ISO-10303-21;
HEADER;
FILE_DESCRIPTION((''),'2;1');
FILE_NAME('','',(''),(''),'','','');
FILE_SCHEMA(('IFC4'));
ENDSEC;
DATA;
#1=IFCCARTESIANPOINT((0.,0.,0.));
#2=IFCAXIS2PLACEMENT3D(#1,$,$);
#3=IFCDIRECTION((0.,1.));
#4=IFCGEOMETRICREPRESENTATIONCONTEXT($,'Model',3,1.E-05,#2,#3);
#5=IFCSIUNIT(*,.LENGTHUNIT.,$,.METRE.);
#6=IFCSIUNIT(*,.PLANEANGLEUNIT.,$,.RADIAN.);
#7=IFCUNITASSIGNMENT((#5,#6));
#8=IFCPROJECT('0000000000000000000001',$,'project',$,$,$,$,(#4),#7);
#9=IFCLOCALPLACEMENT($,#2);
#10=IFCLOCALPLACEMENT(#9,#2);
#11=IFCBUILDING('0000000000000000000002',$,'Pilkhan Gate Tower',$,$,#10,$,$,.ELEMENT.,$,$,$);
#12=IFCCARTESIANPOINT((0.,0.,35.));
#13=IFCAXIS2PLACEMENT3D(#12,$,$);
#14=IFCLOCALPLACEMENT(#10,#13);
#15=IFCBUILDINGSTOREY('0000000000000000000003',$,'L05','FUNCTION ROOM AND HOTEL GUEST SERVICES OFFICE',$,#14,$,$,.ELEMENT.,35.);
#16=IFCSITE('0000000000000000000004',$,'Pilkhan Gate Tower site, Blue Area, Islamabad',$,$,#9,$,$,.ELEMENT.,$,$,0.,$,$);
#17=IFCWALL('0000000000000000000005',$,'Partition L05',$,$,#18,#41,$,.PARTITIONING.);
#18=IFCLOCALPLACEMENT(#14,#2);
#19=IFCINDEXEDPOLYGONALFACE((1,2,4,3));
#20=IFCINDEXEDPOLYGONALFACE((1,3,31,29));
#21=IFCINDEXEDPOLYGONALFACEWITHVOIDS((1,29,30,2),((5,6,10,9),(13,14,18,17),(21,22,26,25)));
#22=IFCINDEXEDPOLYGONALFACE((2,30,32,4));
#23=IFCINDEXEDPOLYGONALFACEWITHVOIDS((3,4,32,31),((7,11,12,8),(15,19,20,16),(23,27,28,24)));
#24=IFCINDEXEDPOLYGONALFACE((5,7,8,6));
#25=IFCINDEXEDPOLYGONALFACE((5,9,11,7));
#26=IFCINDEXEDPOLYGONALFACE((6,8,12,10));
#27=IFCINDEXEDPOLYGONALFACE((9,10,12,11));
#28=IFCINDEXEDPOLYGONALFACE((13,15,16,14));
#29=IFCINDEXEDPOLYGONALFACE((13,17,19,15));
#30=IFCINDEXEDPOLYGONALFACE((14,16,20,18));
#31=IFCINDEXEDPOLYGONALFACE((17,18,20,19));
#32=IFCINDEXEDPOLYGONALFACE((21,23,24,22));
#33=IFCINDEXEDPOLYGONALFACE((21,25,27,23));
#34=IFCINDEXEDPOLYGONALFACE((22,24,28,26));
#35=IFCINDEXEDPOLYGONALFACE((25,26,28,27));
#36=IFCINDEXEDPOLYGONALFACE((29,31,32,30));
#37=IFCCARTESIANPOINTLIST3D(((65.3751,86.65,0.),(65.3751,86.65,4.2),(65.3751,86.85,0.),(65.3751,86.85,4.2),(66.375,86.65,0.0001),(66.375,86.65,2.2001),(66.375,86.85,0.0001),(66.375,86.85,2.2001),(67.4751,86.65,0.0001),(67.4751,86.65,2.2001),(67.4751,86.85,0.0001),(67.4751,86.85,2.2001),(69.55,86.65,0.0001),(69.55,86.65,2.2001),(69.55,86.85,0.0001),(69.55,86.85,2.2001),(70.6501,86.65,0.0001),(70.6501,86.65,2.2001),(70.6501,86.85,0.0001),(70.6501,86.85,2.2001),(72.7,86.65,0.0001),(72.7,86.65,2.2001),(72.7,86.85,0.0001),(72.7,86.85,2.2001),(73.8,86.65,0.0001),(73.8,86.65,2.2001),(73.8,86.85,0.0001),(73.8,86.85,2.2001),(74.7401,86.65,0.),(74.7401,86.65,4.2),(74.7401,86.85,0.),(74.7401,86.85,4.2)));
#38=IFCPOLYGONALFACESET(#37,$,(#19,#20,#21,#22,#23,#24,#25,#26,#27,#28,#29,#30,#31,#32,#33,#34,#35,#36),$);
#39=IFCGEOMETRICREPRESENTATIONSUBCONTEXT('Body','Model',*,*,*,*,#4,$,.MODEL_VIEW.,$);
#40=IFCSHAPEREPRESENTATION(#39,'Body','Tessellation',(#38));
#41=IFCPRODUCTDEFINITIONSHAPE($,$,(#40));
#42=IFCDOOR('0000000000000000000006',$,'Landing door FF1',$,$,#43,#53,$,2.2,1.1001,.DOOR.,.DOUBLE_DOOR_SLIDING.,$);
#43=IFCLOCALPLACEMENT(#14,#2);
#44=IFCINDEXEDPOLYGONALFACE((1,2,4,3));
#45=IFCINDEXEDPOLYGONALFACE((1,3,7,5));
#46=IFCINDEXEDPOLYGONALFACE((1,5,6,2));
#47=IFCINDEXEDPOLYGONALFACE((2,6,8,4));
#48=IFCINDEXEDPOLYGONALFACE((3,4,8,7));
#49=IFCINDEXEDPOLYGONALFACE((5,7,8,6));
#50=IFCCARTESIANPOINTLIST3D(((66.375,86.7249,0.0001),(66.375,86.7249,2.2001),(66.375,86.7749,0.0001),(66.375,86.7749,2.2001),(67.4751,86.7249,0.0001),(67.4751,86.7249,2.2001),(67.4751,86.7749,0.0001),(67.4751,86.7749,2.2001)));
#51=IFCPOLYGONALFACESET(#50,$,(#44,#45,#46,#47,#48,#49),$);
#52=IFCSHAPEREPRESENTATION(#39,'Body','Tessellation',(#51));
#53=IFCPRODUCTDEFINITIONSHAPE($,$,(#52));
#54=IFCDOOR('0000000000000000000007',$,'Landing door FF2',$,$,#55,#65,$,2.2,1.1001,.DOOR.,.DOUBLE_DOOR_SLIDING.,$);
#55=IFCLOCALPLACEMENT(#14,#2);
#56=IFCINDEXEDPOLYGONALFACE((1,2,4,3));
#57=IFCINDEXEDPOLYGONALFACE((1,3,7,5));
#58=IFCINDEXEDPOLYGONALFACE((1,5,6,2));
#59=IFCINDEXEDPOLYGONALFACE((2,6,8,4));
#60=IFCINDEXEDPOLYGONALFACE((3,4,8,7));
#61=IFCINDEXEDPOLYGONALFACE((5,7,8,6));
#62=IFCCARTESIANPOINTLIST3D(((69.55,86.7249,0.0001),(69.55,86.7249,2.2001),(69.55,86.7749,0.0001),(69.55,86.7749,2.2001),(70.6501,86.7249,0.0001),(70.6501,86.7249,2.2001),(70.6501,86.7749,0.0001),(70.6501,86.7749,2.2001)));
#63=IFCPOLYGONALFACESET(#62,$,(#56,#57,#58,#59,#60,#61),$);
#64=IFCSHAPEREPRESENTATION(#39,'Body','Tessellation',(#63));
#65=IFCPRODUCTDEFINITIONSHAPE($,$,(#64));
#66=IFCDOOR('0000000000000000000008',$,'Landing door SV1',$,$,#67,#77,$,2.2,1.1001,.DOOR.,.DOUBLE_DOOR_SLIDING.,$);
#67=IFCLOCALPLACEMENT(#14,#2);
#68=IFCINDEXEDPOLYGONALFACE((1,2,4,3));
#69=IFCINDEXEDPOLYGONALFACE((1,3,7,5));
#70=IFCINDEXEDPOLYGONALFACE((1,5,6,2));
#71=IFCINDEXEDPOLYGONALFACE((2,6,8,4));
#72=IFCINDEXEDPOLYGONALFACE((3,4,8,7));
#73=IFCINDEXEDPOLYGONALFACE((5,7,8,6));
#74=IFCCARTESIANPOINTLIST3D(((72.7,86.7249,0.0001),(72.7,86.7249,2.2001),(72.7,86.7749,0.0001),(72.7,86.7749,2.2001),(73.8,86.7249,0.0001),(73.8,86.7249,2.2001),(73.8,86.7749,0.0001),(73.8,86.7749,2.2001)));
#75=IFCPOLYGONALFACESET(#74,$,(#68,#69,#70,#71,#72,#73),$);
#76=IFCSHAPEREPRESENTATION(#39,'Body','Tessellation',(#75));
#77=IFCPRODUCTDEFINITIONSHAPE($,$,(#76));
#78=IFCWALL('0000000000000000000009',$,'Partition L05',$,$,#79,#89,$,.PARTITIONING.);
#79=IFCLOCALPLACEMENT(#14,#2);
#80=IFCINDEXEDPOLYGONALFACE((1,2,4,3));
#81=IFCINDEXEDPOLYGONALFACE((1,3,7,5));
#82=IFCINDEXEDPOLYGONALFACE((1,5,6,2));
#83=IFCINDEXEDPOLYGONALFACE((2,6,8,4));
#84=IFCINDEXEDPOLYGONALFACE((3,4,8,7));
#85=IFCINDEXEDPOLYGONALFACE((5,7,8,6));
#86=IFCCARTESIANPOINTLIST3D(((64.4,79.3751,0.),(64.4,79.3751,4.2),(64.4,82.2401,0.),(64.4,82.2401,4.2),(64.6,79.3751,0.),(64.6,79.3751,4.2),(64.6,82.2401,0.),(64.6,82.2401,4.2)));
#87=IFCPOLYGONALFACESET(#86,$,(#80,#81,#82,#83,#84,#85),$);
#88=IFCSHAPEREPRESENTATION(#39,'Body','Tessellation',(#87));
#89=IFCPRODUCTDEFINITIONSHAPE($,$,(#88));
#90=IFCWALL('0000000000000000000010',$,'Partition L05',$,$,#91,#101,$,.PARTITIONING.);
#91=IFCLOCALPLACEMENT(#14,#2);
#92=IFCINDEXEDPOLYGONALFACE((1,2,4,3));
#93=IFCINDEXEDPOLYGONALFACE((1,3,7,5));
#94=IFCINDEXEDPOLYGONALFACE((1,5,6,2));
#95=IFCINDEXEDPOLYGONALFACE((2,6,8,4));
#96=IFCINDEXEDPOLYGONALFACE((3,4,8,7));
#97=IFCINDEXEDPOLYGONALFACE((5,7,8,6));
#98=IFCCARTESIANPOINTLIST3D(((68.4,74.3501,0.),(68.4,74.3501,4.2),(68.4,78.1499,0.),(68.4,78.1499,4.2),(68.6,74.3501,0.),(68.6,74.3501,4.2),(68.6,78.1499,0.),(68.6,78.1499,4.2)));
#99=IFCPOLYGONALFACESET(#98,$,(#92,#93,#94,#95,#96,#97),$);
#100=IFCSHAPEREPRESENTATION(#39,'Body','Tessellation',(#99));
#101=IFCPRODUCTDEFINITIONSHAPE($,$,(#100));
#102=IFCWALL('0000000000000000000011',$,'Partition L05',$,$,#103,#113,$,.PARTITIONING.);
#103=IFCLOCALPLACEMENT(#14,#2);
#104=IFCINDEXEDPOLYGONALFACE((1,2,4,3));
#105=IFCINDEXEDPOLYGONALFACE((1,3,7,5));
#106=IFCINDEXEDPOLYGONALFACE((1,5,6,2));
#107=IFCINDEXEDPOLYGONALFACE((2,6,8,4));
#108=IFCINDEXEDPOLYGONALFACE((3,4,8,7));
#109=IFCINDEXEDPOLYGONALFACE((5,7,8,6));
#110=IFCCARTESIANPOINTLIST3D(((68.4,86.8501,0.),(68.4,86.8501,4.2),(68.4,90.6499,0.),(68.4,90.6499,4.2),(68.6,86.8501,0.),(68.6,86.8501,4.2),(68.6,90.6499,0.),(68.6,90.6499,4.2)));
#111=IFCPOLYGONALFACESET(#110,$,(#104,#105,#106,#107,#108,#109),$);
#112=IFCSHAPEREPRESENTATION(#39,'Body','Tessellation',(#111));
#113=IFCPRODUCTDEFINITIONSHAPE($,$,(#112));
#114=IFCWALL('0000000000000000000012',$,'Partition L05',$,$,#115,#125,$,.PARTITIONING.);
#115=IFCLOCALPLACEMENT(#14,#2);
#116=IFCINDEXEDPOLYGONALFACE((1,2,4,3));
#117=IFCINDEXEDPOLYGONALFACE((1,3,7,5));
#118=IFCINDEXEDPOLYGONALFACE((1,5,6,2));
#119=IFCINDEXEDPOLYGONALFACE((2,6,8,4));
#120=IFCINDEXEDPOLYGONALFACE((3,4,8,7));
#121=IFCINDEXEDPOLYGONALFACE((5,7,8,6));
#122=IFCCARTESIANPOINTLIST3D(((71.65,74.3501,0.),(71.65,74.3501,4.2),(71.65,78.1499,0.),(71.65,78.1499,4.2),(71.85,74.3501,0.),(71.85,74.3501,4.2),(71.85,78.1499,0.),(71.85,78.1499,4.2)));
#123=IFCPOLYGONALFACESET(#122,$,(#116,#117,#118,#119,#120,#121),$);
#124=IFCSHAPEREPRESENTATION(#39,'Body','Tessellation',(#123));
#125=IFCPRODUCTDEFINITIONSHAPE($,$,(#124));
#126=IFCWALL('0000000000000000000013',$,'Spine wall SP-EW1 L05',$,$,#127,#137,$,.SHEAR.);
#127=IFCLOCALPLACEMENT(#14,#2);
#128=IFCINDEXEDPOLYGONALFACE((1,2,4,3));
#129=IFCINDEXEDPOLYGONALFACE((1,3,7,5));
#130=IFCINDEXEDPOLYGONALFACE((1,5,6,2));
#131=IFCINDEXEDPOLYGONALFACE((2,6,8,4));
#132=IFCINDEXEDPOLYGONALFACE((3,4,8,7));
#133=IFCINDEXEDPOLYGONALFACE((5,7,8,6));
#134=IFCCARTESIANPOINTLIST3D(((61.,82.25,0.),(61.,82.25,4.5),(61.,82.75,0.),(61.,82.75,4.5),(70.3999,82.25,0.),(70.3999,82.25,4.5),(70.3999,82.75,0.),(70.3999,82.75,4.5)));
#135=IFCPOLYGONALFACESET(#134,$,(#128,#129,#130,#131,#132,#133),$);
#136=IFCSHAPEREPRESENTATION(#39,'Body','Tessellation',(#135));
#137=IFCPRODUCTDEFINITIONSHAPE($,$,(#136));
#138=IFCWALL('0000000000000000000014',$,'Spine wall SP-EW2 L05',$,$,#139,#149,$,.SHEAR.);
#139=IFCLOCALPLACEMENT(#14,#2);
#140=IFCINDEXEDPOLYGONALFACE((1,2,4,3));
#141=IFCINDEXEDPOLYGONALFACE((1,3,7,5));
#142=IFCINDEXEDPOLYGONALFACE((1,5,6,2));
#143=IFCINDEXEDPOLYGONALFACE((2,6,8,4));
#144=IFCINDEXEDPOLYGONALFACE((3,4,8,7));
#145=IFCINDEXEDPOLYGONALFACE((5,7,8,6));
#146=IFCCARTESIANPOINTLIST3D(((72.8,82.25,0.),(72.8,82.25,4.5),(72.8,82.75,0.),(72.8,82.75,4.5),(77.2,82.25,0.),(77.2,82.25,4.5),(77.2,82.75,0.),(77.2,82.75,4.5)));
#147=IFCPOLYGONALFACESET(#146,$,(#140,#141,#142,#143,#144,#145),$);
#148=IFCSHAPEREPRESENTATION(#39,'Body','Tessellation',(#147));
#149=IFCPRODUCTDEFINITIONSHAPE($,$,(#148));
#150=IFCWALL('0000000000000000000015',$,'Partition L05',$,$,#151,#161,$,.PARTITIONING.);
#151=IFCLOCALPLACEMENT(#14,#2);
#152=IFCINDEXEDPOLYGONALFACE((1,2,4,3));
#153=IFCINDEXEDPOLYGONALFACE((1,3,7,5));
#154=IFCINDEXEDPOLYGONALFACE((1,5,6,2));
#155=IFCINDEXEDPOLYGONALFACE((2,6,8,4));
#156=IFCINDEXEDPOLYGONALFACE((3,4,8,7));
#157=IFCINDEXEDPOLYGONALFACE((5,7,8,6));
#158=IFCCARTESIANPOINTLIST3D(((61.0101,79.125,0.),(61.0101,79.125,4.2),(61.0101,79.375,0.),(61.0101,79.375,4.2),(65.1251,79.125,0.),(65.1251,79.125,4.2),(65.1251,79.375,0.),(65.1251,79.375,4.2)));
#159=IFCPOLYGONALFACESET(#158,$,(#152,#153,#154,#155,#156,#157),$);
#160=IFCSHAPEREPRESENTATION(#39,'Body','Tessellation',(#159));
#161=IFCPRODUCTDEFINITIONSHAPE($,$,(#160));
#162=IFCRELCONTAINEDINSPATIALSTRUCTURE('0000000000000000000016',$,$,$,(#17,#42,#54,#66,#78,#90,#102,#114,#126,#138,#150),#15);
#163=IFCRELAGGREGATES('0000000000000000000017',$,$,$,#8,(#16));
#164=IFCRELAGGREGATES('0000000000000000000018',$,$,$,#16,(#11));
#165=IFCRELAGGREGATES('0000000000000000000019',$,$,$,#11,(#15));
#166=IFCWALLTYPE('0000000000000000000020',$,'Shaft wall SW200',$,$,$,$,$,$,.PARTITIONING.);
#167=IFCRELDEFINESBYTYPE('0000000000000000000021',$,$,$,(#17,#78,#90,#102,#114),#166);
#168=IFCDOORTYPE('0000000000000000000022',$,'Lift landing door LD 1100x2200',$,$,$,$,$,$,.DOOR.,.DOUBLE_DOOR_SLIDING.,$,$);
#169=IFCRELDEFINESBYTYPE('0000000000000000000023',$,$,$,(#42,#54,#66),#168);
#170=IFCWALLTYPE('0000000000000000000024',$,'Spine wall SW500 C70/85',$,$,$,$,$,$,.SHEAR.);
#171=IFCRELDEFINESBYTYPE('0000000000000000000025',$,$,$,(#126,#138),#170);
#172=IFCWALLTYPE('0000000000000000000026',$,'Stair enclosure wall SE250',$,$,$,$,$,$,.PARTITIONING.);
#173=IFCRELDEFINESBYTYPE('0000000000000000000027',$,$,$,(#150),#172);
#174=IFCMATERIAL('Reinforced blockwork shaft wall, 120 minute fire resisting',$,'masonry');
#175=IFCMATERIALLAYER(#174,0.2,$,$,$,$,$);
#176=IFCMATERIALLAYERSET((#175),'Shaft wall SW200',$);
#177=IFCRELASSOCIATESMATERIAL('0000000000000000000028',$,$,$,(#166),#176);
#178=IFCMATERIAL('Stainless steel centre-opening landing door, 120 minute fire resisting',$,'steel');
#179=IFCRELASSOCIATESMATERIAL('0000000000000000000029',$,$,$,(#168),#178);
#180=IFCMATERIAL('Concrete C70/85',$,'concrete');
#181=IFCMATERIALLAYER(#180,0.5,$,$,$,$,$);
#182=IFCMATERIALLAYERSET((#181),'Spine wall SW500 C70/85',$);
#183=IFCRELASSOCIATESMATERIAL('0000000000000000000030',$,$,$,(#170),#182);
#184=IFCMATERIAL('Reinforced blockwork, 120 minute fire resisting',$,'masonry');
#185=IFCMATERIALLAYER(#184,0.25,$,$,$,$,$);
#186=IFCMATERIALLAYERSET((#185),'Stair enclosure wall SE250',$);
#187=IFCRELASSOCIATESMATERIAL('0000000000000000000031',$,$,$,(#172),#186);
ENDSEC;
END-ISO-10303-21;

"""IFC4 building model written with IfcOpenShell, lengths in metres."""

from ifc_helpers import new_model, si_unit, direction, frame, frame_2d, origin, place, context, subcontext, project, spatial, rectangle, extrude, material, layer, layer_set, type_object, element, fill, save


model = new_model("IFC4")

# Units and contexts
model_context = context("Model", 3, precision=1e-05, world=origin(), true_north=direction((0.0, 1.0)))
body_context = subcontext(model_context, "Body", "Model", "MODEL_VIEW")
ifc_project = project(units=[si_unit("LENGTHUNIT", "METRE"), si_unit("PLANEANGLEUNIT", "RADIAN")], contexts=[model_context])

# Site, building, storey
site_placement = place(None, origin())
site = spatial("IfcSite", under=ifc_project, at=site_placement, Name="Pilkhan Gate Tower site, Blue Area, Islamabad", CompositionType="ELEMENT", RefElevation=0.0)
building_placement = place(site_placement, origin())
building = spatial("IfcBuilding", under=site, at=building_placement, Name="Pilkhan Gate Tower", CompositionType="ELEMENT")
storey_placement = place(building_placement, frame((0.0, 0.0, 35.0)))
storey = spatial("IfcBuildingStorey", under=building, at=storey_placement, Name="L05", Description="FUNCTION ROOM AND HOTEL GUEST SERVICES OFFICE", CompositionType="ELEMENT", Elevation=35.0)

# Shared definitions
ifc_material_1 = material(Name="Concrete C70/85", Category="concrete")

# Shared definitions
ifc_material_2 = material(Name="Reinforced blockwork shaft wall, 120 minute fire resisting", Category="masonry")
ifc_layer_1 = layer(ifc_material_2, 0.2)
ifc_layer_set_1 = layer_set([ifc_layer_1], Name="Shaft wall SW200")
wall_type_1 = type_object("IfcWallType", Name="Shaft wall SW200", PredefinedType="PARTITIONING", material=ifc_layer_set_1)

# Wall, openings, doors
ifc_material_3 = material(Name="Stainless steel centre-opening landing door, 120 minute fire resisting", Category="steel")
door_type_1 = type_object("IfcDoorType", Name="Lift landing door LD 1100x2200", OperationType="DOUBLE_DOOR_SLIDING", PredefinedType="DOOR", material=ifc_material_3)
wall_1_placement = place(storey_placement, frame((65.375, 86.75, 0.0), z_axis=(0.0, 0.0, 1.0), x_axis=(1.0, 0.0, 0.0)))
wall_1 = element("IfcWall", 1, at=wall_1_placement, inside=storey, type_object=wall_type_1, Name="Partition L05", PredefinedType="PARTITIONING", context=body_context, shape_type="SweptSolid", body=[
    extrude(rectangle(XDim=9.365, YDim=0.2, at=frame_2d((4.6826, 0.0))), origin(), (0.0, 0.0, 1.0), 4.2),
])
opening_1_placement = place(wall_1_placement, frame((1.0, 0.0, 0.0)))
opening_1 = element("IfcOpeningElement", 2, at=opening_1_placement, cuts=wall_1, PredefinedType="OPENING", context=body_context, shape_type="SweptSolid", body=[
    extrude(rectangle(XDim=1.1001, YDim=2.2, at=frame_2d((0.55, 1.1001))), frame((0.0, 0.1099, 0.0), z_axis=(0.0, -1.0, 0.0), x_axis=(1.0, 0.0, 0.0)), (0.0, 0.0, 1.0), 0.22),
])
opening_2_placement = place(wall_1_placement, frame((4.175, 0.0, 0.0)))
opening_2 = element("IfcOpeningElement", 3, at=opening_2_placement, cuts=wall_1, PredefinedType="OPENING", context=body_context, shape_type="SweptSolid", body=[
    extrude(rectangle(XDim=1.1001, YDim=2.2, at=frame_2d((0.55, 1.1001))), frame((0.0, 0.1099, 0.0), z_axis=(0.0, -1.0, 0.0), x_axis=(1.0, 0.0, 0.0)), (0.0, 0.0, 1.0), 0.22),
])
opening_3_placement = place(wall_1_placement, frame((7.325, 0.0, 0.0)))
opening_3 = element("IfcOpeningElement", 4, at=opening_3_placement, cuts=wall_1, PredefinedType="OPENING", context=body_context, shape_type="SweptSolid", body=[
    extrude(rectangle(XDim=1.1001, YDim=2.2, at=frame_2d((0.55, 1.1001))), frame((0.0, 0.1099, 0.0), z_axis=(0.0, -1.0, 0.0), x_axis=(1.0, 0.0, 0.0)), (0.0, 0.0, 1.0), 0.22),
])
door_1_placement = place(opening_1_placement, origin())
door_1 = element("IfcDoor", 5, at=door_1_placement, inside=storey, type_object=door_type_1, Name="Landing door FF1", OperationType="DOUBLE_DOOR_SLIDING", OverallHeight=2.2, OverallWidth=1.1001, PredefinedType="DOOR", context=body_context, shape_type="SweptSolid", body=[
    extrude(rectangle(XDim=1.1001, YDim=2.2, at=frame_2d((0.55, 1.1001))), frame((0.0, 0.0249, 0.0), z_axis=(0.0, -1.0, 0.0), x_axis=(1.0, 0.0, 0.0)), (0.0, 0.0, 1.0), 0.05),
])
fill(opening_1, door_1)
door_2_placement = place(opening_2_placement, origin())
door_2 = element("IfcDoor", 6, at=door_2_placement, inside=storey, type_object=door_type_1, Name="Landing door FF2", OperationType="DOUBLE_DOOR_SLIDING", OverallHeight=2.2, OverallWidth=1.1001, PredefinedType="DOOR", context=body_context, shape_type="SweptSolid", body=[
    extrude(rectangle(XDim=1.1001, YDim=2.2, at=frame_2d((0.55, 1.1001))), frame((0.0, 0.0249, 0.0), z_axis=(0.0, -1.0, 0.0), x_axis=(1.0, 0.0, 0.0)), (0.0, 0.0, 1.0), 0.05),
])
fill(opening_2, door_2)
door_3_placement = place(opening_3_placement, origin())
door_3 = element("IfcDoor", 7, at=door_3_placement, inside=storey, type_object=door_type_1, Name="Landing door SV1", OperationType="DOUBLE_DOOR_SLIDING", OverallHeight=2.2, OverallWidth=1.1001, PredefinedType="DOOR", context=body_context, shape_type="SweptSolid", body=[
    extrude(rectangle(XDim=1.1001, YDim=2.2, at=frame_2d((0.55, 1.1001))), frame((0.0, 0.0249, 0.0), z_axis=(0.0, -1.0, 0.0), x_axis=(1.0, 0.0, 0.0)), (0.0, 0.0, 1.0), 0.05),
])
fill(opening_3, door_3)

# Walls
wall_2_placement = place(storey_placement, frame((64.5, 79.375, 0.0), z_axis=(0.0, 0.0, 1.0), x_axis=(0.0, 1.0, 0.0)))
element("IfcWall", 8, at=wall_2_placement, inside=storey, type_object=wall_type_1, Name="Partition L05", PredefinedType="PARTITIONING", context=body_context, shape_type="SweptSolid", body=[
    extrude(rectangle(XDim=2.865, YDim=0.2, at=frame_2d((1.4326, 0.0))), origin(), (0.0, 0.0, 1.0), 4.2),
])
for number, where, z_axis, x_axis, name in (
    (9, (68.5, 74.3501, 0.0), (0.0, 0.0, 1.0), (0.0, 1.0, 0.0), "Partition L05"),
    (10, (68.5, 86.8501, 0.0), (0.0, 0.0, 1.0), (0.0, 1.0, 0.0), "Partition L05"),
    (11, (71.75, 74.3501, 0.0), (0.0, 0.0, 1.0), (0.0, 1.0, 0.0), "Partition L05"),
):
    element("IfcWall", number, at=place(storey_placement, frame(where, z_axis=z_axis, x_axis=x_axis)), inside=storey, type_object=wall_type_1, Name=name, PredefinedType="PARTITIONING", context=body_context, shape_type="SweptSolid", body=[
        extrude(rectangle(XDim=3.7998, YDim=0.2, at=frame_2d((1.8999, 0.0))), origin(), (0.0, 0.0, 1.0), 4.2),
    ])
ifc_layer_2 = layer(ifc_material_1, 0.5)
ifc_layer_set_2 = layer_set([ifc_layer_2], Name="Spine wall SW500 C70/85")
wall_type_2 = type_object("IfcWallType", Name="Spine wall SW500 C70/85", PredefinedType="SHEAR", material=ifc_layer_set_2)
wall_3_placement = place(storey_placement, frame((61.0, 82.5, 0.0), z_axis=(0.0, 0.0, 1.0), x_axis=(1.0, 0.0, 0.0)))
element("IfcWall", 12, at=wall_3_placement, inside=storey, type_object=wall_type_2, Name="Spine wall SP-EW1 L05", PredefinedType="SHEAR", context=body_context, shape_type="SweptSolid", body=[
    extrude(rectangle(XDim=9.3999, YDim=0.5, at=frame_2d((4.7, 0.0))), origin(), (0.0, 0.0, 1.0), 4.5),
])
wall_4_placement = place(storey_placement, frame((72.8, 82.5, 0.0), z_axis=(0.0, 0.0, 1.0), x_axis=(1.0, 0.0, 0.0)))
element("IfcWall", 13, at=wall_4_placement, inside=storey, type_object=wall_type_2, Name="Spine wall SP-EW2 L05", PredefinedType="SHEAR", context=body_context, shape_type="SweptSolid", body=[
    extrude(rectangle(XDim=4.3999, YDim=0.5, at=frame_2d((2.2, 0.0))), origin(), (0.0, 0.0, 1.0), 4.5),
])
ifc_material_4 = material(Name="Reinforced blockwork, 120 minute fire resisting", Category="masonry")
ifc_layer_3 = layer(ifc_material_4, 0.25)
ifc_layer_set_3 = layer_set([ifc_layer_3], Name="Stair enclosure wall SE250")
wall_type_3 = type_object("IfcWallType", Name="Stair enclosure wall SE250", PredefinedType="PARTITIONING", material=ifc_layer_set_3)
wall_5_placement = place(storey_placement, frame((61.01, 79.25, 0.0), z_axis=(0.0, 0.0, 1.0), x_axis=(1.0, 0.0, 0.0)))
element("IfcWall", 14, at=wall_5_placement, inside=storey, type_object=wall_type_3, Name="Partition L05", PredefinedType="PARTITIONING", context=body_context, shape_type="SweptSolid", body=[
    extrude(rectangle(XDim=4.115, YDim=0.25, at=frame_2d((2.0576, 0.0))), origin(), (0.0, 0.0, 1.0), 4.2),
])

save(model, "model.ifc")
